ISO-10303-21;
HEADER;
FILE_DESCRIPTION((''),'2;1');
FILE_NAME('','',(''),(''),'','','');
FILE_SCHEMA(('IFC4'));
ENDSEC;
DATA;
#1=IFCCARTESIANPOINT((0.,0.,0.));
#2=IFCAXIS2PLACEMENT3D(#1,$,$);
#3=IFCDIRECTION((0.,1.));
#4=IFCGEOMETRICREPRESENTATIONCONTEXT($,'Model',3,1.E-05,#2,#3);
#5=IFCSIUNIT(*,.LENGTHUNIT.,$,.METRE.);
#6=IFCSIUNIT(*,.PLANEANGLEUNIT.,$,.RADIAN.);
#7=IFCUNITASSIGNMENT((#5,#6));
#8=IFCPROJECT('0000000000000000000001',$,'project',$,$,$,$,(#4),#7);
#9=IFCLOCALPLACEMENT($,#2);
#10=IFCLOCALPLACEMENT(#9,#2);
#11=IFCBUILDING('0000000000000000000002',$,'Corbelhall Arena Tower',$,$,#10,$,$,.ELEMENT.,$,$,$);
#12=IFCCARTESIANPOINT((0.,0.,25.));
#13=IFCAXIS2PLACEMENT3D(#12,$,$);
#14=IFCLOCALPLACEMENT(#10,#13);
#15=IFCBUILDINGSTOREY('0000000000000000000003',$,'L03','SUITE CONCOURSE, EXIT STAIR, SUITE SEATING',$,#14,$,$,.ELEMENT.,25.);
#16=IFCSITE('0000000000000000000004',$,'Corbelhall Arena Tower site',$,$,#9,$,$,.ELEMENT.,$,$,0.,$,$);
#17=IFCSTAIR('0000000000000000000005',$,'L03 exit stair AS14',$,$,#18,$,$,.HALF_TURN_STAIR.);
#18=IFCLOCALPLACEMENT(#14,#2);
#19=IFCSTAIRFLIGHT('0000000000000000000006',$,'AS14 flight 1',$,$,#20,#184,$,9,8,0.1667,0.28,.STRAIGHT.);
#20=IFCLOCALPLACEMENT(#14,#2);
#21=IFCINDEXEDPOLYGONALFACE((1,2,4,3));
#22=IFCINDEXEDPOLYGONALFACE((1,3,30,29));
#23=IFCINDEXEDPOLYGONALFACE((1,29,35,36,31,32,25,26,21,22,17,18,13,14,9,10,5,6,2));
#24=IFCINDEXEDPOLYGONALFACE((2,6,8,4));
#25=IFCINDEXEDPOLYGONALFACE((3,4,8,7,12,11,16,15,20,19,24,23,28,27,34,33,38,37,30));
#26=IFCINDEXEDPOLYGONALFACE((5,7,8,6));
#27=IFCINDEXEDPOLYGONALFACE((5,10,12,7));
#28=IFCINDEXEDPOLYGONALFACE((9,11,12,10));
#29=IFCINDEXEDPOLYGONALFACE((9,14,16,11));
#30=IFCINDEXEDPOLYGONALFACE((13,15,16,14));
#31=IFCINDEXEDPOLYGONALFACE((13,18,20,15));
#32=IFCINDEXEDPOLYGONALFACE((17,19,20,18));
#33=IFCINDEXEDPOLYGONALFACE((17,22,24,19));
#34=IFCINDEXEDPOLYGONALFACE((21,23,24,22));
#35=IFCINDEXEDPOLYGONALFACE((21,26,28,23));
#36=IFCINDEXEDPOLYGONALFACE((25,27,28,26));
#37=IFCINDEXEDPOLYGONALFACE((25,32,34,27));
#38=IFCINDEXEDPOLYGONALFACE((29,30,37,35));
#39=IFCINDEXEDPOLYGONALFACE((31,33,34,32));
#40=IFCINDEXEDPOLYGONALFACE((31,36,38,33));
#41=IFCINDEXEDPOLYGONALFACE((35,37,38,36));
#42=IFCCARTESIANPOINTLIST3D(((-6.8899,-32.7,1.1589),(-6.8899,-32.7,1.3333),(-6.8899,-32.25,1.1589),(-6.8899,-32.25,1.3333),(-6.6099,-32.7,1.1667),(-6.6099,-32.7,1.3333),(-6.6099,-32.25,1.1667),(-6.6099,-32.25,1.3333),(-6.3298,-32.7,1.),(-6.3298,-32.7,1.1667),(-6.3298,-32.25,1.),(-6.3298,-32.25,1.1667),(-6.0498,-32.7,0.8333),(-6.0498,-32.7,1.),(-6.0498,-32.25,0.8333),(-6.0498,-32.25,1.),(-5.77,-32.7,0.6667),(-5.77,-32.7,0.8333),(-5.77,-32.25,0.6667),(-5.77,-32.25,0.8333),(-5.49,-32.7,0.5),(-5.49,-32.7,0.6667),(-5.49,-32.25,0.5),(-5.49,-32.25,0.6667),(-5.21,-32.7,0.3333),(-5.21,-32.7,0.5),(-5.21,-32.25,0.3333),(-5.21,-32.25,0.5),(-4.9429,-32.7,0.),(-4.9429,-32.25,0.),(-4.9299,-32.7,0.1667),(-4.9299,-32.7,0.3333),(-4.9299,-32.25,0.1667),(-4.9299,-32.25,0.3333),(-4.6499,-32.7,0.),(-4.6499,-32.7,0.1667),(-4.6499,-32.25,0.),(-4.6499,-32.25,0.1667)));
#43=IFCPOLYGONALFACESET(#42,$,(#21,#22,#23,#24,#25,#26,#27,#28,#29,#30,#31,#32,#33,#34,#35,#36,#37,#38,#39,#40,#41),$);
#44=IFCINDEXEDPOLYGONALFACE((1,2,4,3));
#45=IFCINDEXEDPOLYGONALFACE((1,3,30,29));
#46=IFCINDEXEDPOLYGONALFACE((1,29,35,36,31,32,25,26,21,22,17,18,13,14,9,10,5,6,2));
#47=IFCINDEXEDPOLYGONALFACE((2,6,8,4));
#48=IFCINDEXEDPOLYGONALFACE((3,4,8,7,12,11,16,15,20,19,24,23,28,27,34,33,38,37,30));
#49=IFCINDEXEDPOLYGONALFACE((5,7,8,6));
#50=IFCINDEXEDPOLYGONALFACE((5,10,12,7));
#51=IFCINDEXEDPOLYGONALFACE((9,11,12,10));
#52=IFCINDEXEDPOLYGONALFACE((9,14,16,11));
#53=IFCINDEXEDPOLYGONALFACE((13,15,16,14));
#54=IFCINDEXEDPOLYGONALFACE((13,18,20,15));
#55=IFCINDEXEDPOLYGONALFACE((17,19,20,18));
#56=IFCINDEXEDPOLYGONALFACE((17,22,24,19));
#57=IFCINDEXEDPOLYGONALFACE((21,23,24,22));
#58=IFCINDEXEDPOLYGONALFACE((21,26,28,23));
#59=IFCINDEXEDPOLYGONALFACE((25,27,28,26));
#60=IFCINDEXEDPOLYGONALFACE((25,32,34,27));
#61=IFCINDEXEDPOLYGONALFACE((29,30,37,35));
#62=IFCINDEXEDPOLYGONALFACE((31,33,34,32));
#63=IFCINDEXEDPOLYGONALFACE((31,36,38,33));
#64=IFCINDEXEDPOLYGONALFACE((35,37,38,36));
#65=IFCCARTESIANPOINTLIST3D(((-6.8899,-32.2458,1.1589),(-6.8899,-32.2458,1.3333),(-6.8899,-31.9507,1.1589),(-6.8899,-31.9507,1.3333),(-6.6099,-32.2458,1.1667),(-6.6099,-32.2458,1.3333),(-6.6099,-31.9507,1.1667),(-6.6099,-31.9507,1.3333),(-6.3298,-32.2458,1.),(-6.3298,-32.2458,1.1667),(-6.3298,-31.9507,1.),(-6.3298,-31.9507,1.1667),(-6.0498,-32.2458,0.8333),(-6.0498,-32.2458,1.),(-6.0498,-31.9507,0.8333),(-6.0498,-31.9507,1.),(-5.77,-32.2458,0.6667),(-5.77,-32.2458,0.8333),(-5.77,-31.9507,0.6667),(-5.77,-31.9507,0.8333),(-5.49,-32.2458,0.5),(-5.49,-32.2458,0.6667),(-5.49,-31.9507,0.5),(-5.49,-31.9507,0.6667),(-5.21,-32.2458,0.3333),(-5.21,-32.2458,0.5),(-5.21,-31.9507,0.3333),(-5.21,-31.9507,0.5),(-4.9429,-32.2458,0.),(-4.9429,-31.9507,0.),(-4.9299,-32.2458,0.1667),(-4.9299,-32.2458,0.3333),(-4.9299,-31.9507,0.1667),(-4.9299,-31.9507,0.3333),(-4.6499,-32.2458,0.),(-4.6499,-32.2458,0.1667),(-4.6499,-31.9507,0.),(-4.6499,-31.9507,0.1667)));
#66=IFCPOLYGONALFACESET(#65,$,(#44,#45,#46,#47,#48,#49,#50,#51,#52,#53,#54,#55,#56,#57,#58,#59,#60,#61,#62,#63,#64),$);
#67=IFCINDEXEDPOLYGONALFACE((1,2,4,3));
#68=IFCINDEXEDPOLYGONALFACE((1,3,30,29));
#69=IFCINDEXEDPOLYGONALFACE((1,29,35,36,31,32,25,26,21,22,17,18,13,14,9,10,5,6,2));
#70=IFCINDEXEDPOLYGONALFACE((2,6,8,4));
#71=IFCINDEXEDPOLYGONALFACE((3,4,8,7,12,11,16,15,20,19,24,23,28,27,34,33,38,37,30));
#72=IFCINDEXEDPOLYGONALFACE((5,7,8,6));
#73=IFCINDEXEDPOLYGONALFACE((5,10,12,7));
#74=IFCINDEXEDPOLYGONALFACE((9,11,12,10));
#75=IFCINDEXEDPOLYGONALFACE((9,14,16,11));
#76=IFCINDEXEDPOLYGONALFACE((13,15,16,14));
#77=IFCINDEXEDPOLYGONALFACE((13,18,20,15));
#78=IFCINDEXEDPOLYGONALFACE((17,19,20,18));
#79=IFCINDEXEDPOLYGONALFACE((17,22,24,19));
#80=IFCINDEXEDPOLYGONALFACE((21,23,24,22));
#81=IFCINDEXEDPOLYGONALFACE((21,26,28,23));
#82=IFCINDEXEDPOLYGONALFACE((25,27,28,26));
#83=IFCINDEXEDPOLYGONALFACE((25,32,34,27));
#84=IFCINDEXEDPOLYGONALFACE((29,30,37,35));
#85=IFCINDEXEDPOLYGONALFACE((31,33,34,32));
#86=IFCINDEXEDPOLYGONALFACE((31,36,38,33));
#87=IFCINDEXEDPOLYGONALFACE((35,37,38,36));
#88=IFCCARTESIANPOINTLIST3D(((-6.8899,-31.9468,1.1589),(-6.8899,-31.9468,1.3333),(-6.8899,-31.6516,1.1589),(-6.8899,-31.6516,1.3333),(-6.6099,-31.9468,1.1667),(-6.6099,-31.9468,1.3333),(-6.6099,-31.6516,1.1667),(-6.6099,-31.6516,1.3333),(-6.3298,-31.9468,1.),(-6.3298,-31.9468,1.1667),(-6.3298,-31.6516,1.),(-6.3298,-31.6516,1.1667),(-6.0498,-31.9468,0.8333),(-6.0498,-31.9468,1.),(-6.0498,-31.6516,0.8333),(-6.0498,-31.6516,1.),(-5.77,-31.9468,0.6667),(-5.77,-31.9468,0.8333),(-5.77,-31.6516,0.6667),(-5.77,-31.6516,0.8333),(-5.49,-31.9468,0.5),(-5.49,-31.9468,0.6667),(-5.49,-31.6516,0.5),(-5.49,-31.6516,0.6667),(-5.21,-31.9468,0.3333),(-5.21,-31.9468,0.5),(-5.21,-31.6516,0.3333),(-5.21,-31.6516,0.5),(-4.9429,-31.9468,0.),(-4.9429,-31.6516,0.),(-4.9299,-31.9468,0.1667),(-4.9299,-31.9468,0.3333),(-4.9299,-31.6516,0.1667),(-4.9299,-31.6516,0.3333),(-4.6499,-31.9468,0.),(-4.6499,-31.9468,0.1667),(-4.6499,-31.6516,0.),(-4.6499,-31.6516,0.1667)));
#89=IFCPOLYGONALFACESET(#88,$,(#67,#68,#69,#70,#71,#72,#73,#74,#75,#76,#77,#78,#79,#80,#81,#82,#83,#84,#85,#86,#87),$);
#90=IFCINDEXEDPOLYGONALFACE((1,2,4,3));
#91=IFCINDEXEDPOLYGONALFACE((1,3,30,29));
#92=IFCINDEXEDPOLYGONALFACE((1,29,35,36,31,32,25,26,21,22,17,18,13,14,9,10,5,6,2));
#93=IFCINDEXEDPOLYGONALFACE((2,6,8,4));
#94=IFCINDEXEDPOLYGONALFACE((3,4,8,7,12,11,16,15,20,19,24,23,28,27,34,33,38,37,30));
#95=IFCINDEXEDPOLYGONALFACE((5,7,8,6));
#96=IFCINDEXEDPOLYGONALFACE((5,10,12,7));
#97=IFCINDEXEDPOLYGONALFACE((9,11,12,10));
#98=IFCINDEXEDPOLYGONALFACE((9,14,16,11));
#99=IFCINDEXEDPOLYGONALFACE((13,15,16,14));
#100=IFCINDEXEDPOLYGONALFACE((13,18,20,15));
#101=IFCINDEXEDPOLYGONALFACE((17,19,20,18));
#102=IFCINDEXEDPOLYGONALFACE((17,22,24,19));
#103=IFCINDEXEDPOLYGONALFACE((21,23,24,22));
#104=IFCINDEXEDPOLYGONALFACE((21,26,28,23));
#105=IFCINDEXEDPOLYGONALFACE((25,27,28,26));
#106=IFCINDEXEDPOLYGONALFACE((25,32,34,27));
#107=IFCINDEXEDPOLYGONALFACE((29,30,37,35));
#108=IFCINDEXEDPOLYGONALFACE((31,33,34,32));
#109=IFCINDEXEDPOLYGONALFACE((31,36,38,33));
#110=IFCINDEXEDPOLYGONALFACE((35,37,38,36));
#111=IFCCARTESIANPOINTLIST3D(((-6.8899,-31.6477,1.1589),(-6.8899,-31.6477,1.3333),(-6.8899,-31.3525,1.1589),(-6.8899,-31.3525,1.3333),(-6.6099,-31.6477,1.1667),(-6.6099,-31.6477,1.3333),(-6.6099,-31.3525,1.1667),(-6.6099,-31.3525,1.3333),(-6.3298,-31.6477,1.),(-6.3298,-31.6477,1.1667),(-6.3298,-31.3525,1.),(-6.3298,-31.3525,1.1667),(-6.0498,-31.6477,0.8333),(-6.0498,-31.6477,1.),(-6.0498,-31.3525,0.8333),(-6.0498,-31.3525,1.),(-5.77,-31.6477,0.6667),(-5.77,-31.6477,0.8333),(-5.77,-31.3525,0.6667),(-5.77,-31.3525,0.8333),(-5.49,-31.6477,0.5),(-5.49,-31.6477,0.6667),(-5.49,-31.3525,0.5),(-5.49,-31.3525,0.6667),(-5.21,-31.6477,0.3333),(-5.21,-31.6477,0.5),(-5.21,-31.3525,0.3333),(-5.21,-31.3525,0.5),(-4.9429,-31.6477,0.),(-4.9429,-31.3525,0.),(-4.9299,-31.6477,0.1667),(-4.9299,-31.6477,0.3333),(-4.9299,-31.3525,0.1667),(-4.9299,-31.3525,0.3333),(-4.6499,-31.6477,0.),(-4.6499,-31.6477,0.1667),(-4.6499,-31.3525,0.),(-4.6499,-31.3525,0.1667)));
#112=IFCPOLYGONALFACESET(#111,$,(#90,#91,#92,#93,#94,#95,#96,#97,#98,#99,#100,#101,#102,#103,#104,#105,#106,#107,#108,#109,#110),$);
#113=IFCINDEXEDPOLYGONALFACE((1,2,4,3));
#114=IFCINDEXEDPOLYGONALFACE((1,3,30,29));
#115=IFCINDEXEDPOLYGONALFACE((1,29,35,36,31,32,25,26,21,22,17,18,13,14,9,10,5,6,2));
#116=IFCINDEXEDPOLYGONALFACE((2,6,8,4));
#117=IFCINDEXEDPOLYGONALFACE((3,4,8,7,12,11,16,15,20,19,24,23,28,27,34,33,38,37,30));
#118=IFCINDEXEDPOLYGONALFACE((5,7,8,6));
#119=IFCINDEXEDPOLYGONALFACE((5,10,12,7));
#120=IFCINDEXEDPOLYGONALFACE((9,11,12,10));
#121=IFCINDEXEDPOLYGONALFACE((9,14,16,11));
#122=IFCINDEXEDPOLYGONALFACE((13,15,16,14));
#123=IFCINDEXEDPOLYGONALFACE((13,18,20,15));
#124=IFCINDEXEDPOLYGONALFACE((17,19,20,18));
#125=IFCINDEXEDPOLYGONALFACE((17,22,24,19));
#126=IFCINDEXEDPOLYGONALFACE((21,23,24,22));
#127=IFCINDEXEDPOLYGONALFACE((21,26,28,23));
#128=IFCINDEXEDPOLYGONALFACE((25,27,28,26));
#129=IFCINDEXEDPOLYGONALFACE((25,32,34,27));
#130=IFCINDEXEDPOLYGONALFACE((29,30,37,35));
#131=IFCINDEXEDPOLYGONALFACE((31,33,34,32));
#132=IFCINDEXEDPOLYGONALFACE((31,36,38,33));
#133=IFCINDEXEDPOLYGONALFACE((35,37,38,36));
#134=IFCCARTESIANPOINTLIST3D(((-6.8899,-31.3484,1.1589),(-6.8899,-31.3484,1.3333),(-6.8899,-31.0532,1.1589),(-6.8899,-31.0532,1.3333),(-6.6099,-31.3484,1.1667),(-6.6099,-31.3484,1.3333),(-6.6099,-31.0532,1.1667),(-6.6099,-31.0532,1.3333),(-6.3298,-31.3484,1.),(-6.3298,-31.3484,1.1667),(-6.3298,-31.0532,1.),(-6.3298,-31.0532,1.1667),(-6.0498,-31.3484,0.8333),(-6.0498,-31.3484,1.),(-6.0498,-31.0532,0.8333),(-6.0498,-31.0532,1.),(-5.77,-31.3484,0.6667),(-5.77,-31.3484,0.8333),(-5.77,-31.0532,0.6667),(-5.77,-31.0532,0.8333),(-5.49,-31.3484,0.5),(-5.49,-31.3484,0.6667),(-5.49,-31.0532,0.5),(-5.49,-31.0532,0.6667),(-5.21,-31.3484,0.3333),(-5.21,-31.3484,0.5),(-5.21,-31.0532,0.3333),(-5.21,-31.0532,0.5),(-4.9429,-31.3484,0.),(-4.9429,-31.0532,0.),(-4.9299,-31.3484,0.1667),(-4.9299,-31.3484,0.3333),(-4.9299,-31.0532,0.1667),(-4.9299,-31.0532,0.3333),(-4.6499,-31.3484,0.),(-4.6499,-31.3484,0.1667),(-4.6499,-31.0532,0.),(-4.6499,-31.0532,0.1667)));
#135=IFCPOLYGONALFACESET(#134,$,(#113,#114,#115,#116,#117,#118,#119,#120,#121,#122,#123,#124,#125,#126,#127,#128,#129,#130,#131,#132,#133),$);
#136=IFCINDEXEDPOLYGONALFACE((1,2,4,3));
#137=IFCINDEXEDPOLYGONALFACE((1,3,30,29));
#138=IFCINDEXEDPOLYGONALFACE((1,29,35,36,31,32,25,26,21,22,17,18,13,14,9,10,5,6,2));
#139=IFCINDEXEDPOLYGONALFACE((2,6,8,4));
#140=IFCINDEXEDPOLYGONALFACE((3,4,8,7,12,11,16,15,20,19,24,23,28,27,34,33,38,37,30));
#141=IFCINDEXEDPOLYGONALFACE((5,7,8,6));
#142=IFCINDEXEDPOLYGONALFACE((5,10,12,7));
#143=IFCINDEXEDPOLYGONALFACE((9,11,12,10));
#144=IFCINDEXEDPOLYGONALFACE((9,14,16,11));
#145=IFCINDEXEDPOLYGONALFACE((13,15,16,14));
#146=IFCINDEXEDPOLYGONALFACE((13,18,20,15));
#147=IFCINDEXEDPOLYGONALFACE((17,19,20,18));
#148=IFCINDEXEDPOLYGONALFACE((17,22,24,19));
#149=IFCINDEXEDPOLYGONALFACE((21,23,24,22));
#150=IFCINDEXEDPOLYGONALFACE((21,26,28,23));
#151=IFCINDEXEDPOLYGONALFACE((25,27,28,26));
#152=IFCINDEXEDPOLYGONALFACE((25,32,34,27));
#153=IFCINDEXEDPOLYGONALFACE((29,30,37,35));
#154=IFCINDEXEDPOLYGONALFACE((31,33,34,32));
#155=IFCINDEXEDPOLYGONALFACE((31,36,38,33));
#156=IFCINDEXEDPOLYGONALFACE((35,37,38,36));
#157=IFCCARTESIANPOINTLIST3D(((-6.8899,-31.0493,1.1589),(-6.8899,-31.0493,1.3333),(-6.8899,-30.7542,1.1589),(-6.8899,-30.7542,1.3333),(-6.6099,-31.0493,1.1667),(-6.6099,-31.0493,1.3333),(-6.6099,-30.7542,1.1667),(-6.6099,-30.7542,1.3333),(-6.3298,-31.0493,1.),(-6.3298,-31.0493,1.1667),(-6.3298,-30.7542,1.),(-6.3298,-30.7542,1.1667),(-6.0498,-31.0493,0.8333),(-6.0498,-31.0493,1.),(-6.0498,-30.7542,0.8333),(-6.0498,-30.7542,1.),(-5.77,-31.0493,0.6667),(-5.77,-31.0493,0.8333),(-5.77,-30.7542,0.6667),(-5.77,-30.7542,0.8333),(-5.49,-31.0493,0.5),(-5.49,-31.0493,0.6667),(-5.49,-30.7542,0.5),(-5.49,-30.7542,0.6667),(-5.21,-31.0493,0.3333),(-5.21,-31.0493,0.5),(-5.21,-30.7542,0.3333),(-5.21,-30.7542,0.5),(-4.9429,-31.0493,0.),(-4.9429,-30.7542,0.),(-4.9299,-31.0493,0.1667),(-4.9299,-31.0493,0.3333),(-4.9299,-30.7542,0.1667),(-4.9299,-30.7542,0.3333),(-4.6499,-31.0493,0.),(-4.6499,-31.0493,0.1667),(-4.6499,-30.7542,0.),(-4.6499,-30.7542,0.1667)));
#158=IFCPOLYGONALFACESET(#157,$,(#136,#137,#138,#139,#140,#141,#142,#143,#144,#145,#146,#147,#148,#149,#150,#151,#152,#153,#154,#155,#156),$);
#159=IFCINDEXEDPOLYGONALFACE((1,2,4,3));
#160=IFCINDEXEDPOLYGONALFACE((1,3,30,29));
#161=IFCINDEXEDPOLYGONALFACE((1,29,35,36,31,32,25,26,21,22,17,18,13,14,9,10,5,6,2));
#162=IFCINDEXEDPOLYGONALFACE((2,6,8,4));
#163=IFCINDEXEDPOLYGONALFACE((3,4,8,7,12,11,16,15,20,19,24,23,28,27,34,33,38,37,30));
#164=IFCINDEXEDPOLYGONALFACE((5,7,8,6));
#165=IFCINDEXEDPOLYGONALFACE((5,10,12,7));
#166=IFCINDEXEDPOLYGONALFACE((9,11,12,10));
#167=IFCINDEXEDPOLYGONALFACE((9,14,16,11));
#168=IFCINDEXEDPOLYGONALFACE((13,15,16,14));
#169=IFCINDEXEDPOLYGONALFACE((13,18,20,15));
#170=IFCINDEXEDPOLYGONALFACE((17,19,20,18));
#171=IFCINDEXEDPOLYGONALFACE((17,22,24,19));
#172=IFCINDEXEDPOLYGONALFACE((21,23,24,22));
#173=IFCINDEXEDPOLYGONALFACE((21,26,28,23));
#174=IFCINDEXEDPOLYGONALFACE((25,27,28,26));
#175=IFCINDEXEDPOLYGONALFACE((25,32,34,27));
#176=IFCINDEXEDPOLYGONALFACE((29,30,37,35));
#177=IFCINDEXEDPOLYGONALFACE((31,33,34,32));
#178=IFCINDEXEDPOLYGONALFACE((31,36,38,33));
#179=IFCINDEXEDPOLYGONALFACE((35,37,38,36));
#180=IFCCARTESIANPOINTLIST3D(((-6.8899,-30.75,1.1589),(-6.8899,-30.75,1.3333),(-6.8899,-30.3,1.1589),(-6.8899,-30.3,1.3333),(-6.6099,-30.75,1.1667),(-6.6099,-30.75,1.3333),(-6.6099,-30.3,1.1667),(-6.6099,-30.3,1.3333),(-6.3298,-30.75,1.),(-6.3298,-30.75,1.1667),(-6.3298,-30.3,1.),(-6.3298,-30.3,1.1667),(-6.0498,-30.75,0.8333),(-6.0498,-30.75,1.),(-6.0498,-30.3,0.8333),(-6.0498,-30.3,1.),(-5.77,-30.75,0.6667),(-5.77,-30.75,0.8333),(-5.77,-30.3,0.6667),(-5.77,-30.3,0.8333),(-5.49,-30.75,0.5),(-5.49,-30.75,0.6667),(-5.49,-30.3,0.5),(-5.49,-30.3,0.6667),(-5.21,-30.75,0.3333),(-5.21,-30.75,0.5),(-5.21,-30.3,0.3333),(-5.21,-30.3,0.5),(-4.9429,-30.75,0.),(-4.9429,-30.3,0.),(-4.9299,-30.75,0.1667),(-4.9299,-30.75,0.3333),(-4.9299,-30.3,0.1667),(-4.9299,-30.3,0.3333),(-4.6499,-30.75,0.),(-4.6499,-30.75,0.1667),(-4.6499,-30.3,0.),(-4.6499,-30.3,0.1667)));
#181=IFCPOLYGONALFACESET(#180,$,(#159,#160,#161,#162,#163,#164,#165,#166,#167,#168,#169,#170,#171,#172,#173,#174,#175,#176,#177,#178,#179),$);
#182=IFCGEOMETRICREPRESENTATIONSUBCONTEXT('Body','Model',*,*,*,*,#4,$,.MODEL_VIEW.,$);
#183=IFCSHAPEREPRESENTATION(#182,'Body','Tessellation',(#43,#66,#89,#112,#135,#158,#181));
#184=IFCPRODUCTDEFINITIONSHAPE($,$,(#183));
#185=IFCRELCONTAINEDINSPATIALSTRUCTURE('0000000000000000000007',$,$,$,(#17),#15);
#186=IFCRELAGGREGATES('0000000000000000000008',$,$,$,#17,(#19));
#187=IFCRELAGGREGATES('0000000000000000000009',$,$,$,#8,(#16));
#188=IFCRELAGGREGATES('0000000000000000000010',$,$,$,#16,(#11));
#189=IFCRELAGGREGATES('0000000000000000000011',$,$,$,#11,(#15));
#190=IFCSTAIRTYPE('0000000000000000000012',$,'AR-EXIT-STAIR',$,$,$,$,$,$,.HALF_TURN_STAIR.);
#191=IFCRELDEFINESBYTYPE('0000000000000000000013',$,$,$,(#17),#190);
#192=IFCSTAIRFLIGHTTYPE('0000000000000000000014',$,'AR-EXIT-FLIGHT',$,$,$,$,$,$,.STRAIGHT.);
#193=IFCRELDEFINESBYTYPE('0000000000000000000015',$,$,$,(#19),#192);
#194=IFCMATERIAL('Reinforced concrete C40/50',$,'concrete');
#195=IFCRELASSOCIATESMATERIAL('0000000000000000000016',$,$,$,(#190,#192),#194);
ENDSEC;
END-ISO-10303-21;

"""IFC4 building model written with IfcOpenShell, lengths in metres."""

from ifc_helpers import new_model, si_unit, direction, frame, origin, place, context, subcontext, project, spatial, polyline, outline, extrude, material, type_object, element, aggregate, save


model = new_model("IFC4")

# Units and contexts
model_context = context("Model", 3, precision=1e-05, world=origin(), true_north=direction((0.0, 1.0)))
body_context = subcontext(model_context, "Body", "Model", "MODEL_VIEW")
ifc_project = project(units=[si_unit("LENGTHUNIT", "METRE"), si_unit("PLANEANGLEUNIT", "RADIAN")], contexts=[model_context])

# Site, building, storey
site_placement = place(None, origin())
site = spatial("IfcSite", under=ifc_project, at=site_placement, Name="Corbelhall Arena Tower site", CompositionType="ELEMENT", RefElevation=0.0)
building_placement = place(site_placement, origin())
building = spatial("IfcBuilding", under=site, at=building_placement, Name="Corbelhall Arena Tower", CompositionType="ELEMENT")
storey_placement = place(building_placement, frame((0.0, 0.0, 25.0)))
storey = spatial("IfcBuildingStorey", under=building, at=storey_placement, Name="L03", Description="SUITE CONCOURSE, EXIT STAIR, SUITE SEATING", CompositionType="ELEMENT", Elevation=25.0)

# Shared definitions
ifc_material_1 = material(Name="Reinforced concrete C40/50", Category="concrete")

# Shared definitions
stair_type = type_object("IfcStairType", Name="AR-EXIT-STAIR", PredefinedType="HALF_TURN_STAIR", material=ifc_material_1)
stair_flight_type = type_object("IfcStairFlightType", Name="AR-EXIT-FLIGHT", PredefinedType="STRAIGHT", material=ifc_material_1)

# Stair, stair flight
stair_1_placement = place(storey_placement, origin())
stair_1 = element("IfcStair", 1, at=stair_1_placement, inside=storey, type_object=stair_type, Name="L03 exit stair AS14", PredefinedType="HALF_TURN_STAIR")
stair_flight_1_placement = place(storey_placement, frame((-4.6499, -31.5, 0.0), z_axis=(0.0, 0.0, 1.0), x_axis=(-1.0, 0.0, 0.0)))
stair_flight_1 = element("IfcStairFlight", 2, at=stair_flight_1_placement, type_object=stair_flight_type, Name="AS14 flight 1", NumberOfRisers=9, NumberOfTreads=8, PredefinedType="STRAIGHT", RiserHeight=0.1667, TreadLength=0.28, context=body_context, shape_type="SweptSolid", body=[
    extrude(outline(polyline([(0.0, 0.0), (0.0, 0.1667), (0.28, 0.1667), (0.28, 0.3333), (0.5601, 0.3333), (0.5601, 0.5), (0.8401, 0.5), (0.8401, 0.6667), (1.1201, 0.6667), (1.1201, 0.8333), (1.3999, 0.8333), (1.3999, 1.0), (1.6799, 1.0), (1.6799, 1.1667), (1.96, 1.1667), (1.96, 1.3333), (2.24, 1.3333), (2.24, 1.5), (2.24, 1.1589), (0.293, 0.0), (0.0, 0.0)])), frame((0.0, 1.2, 0.0), z_axis=(0.0, -1.0, 0.0), x_axis=(1.0, 0.0, 0.0)), (0.0, 0.0, 1.0), 0.45),
    extrude(outline(polyline([(0.0, 0.0), (0.0, 0.1667), (0.28, 0.1667), (0.28, 0.3333), (0.5601, 0.3333), (0.5601, 0.5), (0.8401, 0.5), (0.8401, 0.6667), (1.1201, 0.6667), (1.1201, 0.8333), (1.3999, 0.8333), (1.3999, 1.0), (1.6799, 1.0), (1.6799, 1.1667), (1.96, 1.1667), (1.96, 1.3333), (2.24, 1.3333), (2.24, 1.5), (2.24, 1.1589), (0.293, 0.0), (0.0, 0.0)])), frame((0.0, 0.7458, 0.0), z_axis=(0.0, -1.0, 0.0), x_axis=(1.0, 0.0, 0.0)), (0.0, 0.0, 1.0), 0.2952),
    extrude(outline(polyline([(0.0, 0.0), (0.0, 0.1667), (0.28, 0.1667), (0.28, 0.3333), (0.5601, 0.3333), (0.5601, 0.5), (0.8401, 0.5), (0.8401, 0.6667), (1.1201, 0.6667), (1.1201, 0.8333), (1.3999, 0.8333), (1.3999, 1.0), (1.6799, 1.0), (1.6799, 1.1667), (1.96, 1.1667), (1.96, 1.3333), (2.24, 1.3333), (2.24, 1.5), (2.24, 1.1589), (0.293, 0.0), (0.0, 0.0)])), frame((0.0, 0.4468, 0.0), z_axis=(0.0, -1.0, 0.0), x_axis=(1.0, 0.0, 0.0)), (0.0, 0.0, 1.0), 0.2952),
    extrude(outline(polyline([(0.0, 0.0), (0.0, 0.1667), (0.28, 0.1667), (0.28, 0.3333), (0.5601, 0.3333), (0.5601, 0.5), (0.8401, 0.5), (0.8401, 0.6667), (1.1201, 0.6667), (1.1201, 0.8333), (1.3999, 0.8333), (1.3999, 1.0), (1.6799, 1.0), (1.6799, 1.1667), (1.96, 1.1667), (1.96, 1.3333), (2.24, 1.3333), (2.24, 1.5), (2.24, 1.1589), (0.293, 0.0), (0.0, 0.0)])), frame((0.0, 0.1477, 0.0), z_axis=(0.0, -1.0, 0.0), x_axis=(1.0, 0.0, 0.0)), (0.0, 0.0, 1.0), 0.2952),
    extrude(outline(polyline([(0.0, 0.0), (0.0, 0.1667), (0.28, 0.1667), (0.28, 0.3333), (0.5601, 0.3333), (0.5601, 0.5), (0.8401, 0.5), (0.8401, 0.6667), (1.1201, 0.6667), (1.1201, 0.8333), (1.3999, 0.8333), (1.3999, 1.0), (1.6799, 1.0), (1.6799, 1.1667), (1.96, 1.1667), (1.96, 1.3333), (2.24, 1.3333), (2.24, 1.5), (2.24, 1.1589), (0.293, 0.0), (0.0, 0.0)])), frame((0.0, -0.1516, 0.0), z_axis=(0.0, -1.0, 0.0), x_axis=(1.0, 0.0, 0.0)), (0.0, 0.0, 1.0), 0.2952),
    extrude(outline(polyline([(0.0, 0.0), (0.0, 0.1667), (0.28, 0.1667), (0.28, 0.3333), (0.5601, 0.3333), (0.5601, 0.5), (0.8401, 0.5), (0.8401, 0.6667), (1.1201, 0.6667), (1.1201, 0.8333), (1.3999, 0.8333), (1.3999, 1.0), (1.6799, 1.0), (1.6799, 1.1667), (1.96, 1.1667), (1.96, 1.3333), (2.24, 1.3333), (2.24, 1.5), (2.24, 1.1589), (0.293, 0.0), (0.0, 0.0)])), frame((0.0, -0.4507, 0.0), z_axis=(0.0, -1.0, 0.0), x_axis=(1.0, 0.0, 0.0)), (0.0, 0.0, 1.0), 0.2952),
    extrude(outline(polyline([(0.0, 0.0), (0.0, 0.1667), (0.28, 0.1667), (0.28, 0.3333), (0.5601, 0.3333), (0.5601, 0.5), (0.8401, 0.5), (0.8401, 0.6667), (1.1201, 0.6667), (1.1201, 0.8333), (1.3999, 0.8333), (1.3999, 1.0), (1.6799, 1.0), (1.6799, 1.1667), (1.96, 1.1667), (1.96, 1.3333), (2.24, 1.3333), (2.24, 1.5), (2.24, 1.1589), (0.293, 0.0), (0.0, 0.0)])), frame((0.0, -0.75, 0.0), z_axis=(0.0, -1.0, 0.0), x_axis=(1.0, 0.0, 0.0)), (0.0, 0.0, 1.0), 0.45),
])
aggregate(stair_1, [stair_flight_1])

save(model, "model.ifc")
